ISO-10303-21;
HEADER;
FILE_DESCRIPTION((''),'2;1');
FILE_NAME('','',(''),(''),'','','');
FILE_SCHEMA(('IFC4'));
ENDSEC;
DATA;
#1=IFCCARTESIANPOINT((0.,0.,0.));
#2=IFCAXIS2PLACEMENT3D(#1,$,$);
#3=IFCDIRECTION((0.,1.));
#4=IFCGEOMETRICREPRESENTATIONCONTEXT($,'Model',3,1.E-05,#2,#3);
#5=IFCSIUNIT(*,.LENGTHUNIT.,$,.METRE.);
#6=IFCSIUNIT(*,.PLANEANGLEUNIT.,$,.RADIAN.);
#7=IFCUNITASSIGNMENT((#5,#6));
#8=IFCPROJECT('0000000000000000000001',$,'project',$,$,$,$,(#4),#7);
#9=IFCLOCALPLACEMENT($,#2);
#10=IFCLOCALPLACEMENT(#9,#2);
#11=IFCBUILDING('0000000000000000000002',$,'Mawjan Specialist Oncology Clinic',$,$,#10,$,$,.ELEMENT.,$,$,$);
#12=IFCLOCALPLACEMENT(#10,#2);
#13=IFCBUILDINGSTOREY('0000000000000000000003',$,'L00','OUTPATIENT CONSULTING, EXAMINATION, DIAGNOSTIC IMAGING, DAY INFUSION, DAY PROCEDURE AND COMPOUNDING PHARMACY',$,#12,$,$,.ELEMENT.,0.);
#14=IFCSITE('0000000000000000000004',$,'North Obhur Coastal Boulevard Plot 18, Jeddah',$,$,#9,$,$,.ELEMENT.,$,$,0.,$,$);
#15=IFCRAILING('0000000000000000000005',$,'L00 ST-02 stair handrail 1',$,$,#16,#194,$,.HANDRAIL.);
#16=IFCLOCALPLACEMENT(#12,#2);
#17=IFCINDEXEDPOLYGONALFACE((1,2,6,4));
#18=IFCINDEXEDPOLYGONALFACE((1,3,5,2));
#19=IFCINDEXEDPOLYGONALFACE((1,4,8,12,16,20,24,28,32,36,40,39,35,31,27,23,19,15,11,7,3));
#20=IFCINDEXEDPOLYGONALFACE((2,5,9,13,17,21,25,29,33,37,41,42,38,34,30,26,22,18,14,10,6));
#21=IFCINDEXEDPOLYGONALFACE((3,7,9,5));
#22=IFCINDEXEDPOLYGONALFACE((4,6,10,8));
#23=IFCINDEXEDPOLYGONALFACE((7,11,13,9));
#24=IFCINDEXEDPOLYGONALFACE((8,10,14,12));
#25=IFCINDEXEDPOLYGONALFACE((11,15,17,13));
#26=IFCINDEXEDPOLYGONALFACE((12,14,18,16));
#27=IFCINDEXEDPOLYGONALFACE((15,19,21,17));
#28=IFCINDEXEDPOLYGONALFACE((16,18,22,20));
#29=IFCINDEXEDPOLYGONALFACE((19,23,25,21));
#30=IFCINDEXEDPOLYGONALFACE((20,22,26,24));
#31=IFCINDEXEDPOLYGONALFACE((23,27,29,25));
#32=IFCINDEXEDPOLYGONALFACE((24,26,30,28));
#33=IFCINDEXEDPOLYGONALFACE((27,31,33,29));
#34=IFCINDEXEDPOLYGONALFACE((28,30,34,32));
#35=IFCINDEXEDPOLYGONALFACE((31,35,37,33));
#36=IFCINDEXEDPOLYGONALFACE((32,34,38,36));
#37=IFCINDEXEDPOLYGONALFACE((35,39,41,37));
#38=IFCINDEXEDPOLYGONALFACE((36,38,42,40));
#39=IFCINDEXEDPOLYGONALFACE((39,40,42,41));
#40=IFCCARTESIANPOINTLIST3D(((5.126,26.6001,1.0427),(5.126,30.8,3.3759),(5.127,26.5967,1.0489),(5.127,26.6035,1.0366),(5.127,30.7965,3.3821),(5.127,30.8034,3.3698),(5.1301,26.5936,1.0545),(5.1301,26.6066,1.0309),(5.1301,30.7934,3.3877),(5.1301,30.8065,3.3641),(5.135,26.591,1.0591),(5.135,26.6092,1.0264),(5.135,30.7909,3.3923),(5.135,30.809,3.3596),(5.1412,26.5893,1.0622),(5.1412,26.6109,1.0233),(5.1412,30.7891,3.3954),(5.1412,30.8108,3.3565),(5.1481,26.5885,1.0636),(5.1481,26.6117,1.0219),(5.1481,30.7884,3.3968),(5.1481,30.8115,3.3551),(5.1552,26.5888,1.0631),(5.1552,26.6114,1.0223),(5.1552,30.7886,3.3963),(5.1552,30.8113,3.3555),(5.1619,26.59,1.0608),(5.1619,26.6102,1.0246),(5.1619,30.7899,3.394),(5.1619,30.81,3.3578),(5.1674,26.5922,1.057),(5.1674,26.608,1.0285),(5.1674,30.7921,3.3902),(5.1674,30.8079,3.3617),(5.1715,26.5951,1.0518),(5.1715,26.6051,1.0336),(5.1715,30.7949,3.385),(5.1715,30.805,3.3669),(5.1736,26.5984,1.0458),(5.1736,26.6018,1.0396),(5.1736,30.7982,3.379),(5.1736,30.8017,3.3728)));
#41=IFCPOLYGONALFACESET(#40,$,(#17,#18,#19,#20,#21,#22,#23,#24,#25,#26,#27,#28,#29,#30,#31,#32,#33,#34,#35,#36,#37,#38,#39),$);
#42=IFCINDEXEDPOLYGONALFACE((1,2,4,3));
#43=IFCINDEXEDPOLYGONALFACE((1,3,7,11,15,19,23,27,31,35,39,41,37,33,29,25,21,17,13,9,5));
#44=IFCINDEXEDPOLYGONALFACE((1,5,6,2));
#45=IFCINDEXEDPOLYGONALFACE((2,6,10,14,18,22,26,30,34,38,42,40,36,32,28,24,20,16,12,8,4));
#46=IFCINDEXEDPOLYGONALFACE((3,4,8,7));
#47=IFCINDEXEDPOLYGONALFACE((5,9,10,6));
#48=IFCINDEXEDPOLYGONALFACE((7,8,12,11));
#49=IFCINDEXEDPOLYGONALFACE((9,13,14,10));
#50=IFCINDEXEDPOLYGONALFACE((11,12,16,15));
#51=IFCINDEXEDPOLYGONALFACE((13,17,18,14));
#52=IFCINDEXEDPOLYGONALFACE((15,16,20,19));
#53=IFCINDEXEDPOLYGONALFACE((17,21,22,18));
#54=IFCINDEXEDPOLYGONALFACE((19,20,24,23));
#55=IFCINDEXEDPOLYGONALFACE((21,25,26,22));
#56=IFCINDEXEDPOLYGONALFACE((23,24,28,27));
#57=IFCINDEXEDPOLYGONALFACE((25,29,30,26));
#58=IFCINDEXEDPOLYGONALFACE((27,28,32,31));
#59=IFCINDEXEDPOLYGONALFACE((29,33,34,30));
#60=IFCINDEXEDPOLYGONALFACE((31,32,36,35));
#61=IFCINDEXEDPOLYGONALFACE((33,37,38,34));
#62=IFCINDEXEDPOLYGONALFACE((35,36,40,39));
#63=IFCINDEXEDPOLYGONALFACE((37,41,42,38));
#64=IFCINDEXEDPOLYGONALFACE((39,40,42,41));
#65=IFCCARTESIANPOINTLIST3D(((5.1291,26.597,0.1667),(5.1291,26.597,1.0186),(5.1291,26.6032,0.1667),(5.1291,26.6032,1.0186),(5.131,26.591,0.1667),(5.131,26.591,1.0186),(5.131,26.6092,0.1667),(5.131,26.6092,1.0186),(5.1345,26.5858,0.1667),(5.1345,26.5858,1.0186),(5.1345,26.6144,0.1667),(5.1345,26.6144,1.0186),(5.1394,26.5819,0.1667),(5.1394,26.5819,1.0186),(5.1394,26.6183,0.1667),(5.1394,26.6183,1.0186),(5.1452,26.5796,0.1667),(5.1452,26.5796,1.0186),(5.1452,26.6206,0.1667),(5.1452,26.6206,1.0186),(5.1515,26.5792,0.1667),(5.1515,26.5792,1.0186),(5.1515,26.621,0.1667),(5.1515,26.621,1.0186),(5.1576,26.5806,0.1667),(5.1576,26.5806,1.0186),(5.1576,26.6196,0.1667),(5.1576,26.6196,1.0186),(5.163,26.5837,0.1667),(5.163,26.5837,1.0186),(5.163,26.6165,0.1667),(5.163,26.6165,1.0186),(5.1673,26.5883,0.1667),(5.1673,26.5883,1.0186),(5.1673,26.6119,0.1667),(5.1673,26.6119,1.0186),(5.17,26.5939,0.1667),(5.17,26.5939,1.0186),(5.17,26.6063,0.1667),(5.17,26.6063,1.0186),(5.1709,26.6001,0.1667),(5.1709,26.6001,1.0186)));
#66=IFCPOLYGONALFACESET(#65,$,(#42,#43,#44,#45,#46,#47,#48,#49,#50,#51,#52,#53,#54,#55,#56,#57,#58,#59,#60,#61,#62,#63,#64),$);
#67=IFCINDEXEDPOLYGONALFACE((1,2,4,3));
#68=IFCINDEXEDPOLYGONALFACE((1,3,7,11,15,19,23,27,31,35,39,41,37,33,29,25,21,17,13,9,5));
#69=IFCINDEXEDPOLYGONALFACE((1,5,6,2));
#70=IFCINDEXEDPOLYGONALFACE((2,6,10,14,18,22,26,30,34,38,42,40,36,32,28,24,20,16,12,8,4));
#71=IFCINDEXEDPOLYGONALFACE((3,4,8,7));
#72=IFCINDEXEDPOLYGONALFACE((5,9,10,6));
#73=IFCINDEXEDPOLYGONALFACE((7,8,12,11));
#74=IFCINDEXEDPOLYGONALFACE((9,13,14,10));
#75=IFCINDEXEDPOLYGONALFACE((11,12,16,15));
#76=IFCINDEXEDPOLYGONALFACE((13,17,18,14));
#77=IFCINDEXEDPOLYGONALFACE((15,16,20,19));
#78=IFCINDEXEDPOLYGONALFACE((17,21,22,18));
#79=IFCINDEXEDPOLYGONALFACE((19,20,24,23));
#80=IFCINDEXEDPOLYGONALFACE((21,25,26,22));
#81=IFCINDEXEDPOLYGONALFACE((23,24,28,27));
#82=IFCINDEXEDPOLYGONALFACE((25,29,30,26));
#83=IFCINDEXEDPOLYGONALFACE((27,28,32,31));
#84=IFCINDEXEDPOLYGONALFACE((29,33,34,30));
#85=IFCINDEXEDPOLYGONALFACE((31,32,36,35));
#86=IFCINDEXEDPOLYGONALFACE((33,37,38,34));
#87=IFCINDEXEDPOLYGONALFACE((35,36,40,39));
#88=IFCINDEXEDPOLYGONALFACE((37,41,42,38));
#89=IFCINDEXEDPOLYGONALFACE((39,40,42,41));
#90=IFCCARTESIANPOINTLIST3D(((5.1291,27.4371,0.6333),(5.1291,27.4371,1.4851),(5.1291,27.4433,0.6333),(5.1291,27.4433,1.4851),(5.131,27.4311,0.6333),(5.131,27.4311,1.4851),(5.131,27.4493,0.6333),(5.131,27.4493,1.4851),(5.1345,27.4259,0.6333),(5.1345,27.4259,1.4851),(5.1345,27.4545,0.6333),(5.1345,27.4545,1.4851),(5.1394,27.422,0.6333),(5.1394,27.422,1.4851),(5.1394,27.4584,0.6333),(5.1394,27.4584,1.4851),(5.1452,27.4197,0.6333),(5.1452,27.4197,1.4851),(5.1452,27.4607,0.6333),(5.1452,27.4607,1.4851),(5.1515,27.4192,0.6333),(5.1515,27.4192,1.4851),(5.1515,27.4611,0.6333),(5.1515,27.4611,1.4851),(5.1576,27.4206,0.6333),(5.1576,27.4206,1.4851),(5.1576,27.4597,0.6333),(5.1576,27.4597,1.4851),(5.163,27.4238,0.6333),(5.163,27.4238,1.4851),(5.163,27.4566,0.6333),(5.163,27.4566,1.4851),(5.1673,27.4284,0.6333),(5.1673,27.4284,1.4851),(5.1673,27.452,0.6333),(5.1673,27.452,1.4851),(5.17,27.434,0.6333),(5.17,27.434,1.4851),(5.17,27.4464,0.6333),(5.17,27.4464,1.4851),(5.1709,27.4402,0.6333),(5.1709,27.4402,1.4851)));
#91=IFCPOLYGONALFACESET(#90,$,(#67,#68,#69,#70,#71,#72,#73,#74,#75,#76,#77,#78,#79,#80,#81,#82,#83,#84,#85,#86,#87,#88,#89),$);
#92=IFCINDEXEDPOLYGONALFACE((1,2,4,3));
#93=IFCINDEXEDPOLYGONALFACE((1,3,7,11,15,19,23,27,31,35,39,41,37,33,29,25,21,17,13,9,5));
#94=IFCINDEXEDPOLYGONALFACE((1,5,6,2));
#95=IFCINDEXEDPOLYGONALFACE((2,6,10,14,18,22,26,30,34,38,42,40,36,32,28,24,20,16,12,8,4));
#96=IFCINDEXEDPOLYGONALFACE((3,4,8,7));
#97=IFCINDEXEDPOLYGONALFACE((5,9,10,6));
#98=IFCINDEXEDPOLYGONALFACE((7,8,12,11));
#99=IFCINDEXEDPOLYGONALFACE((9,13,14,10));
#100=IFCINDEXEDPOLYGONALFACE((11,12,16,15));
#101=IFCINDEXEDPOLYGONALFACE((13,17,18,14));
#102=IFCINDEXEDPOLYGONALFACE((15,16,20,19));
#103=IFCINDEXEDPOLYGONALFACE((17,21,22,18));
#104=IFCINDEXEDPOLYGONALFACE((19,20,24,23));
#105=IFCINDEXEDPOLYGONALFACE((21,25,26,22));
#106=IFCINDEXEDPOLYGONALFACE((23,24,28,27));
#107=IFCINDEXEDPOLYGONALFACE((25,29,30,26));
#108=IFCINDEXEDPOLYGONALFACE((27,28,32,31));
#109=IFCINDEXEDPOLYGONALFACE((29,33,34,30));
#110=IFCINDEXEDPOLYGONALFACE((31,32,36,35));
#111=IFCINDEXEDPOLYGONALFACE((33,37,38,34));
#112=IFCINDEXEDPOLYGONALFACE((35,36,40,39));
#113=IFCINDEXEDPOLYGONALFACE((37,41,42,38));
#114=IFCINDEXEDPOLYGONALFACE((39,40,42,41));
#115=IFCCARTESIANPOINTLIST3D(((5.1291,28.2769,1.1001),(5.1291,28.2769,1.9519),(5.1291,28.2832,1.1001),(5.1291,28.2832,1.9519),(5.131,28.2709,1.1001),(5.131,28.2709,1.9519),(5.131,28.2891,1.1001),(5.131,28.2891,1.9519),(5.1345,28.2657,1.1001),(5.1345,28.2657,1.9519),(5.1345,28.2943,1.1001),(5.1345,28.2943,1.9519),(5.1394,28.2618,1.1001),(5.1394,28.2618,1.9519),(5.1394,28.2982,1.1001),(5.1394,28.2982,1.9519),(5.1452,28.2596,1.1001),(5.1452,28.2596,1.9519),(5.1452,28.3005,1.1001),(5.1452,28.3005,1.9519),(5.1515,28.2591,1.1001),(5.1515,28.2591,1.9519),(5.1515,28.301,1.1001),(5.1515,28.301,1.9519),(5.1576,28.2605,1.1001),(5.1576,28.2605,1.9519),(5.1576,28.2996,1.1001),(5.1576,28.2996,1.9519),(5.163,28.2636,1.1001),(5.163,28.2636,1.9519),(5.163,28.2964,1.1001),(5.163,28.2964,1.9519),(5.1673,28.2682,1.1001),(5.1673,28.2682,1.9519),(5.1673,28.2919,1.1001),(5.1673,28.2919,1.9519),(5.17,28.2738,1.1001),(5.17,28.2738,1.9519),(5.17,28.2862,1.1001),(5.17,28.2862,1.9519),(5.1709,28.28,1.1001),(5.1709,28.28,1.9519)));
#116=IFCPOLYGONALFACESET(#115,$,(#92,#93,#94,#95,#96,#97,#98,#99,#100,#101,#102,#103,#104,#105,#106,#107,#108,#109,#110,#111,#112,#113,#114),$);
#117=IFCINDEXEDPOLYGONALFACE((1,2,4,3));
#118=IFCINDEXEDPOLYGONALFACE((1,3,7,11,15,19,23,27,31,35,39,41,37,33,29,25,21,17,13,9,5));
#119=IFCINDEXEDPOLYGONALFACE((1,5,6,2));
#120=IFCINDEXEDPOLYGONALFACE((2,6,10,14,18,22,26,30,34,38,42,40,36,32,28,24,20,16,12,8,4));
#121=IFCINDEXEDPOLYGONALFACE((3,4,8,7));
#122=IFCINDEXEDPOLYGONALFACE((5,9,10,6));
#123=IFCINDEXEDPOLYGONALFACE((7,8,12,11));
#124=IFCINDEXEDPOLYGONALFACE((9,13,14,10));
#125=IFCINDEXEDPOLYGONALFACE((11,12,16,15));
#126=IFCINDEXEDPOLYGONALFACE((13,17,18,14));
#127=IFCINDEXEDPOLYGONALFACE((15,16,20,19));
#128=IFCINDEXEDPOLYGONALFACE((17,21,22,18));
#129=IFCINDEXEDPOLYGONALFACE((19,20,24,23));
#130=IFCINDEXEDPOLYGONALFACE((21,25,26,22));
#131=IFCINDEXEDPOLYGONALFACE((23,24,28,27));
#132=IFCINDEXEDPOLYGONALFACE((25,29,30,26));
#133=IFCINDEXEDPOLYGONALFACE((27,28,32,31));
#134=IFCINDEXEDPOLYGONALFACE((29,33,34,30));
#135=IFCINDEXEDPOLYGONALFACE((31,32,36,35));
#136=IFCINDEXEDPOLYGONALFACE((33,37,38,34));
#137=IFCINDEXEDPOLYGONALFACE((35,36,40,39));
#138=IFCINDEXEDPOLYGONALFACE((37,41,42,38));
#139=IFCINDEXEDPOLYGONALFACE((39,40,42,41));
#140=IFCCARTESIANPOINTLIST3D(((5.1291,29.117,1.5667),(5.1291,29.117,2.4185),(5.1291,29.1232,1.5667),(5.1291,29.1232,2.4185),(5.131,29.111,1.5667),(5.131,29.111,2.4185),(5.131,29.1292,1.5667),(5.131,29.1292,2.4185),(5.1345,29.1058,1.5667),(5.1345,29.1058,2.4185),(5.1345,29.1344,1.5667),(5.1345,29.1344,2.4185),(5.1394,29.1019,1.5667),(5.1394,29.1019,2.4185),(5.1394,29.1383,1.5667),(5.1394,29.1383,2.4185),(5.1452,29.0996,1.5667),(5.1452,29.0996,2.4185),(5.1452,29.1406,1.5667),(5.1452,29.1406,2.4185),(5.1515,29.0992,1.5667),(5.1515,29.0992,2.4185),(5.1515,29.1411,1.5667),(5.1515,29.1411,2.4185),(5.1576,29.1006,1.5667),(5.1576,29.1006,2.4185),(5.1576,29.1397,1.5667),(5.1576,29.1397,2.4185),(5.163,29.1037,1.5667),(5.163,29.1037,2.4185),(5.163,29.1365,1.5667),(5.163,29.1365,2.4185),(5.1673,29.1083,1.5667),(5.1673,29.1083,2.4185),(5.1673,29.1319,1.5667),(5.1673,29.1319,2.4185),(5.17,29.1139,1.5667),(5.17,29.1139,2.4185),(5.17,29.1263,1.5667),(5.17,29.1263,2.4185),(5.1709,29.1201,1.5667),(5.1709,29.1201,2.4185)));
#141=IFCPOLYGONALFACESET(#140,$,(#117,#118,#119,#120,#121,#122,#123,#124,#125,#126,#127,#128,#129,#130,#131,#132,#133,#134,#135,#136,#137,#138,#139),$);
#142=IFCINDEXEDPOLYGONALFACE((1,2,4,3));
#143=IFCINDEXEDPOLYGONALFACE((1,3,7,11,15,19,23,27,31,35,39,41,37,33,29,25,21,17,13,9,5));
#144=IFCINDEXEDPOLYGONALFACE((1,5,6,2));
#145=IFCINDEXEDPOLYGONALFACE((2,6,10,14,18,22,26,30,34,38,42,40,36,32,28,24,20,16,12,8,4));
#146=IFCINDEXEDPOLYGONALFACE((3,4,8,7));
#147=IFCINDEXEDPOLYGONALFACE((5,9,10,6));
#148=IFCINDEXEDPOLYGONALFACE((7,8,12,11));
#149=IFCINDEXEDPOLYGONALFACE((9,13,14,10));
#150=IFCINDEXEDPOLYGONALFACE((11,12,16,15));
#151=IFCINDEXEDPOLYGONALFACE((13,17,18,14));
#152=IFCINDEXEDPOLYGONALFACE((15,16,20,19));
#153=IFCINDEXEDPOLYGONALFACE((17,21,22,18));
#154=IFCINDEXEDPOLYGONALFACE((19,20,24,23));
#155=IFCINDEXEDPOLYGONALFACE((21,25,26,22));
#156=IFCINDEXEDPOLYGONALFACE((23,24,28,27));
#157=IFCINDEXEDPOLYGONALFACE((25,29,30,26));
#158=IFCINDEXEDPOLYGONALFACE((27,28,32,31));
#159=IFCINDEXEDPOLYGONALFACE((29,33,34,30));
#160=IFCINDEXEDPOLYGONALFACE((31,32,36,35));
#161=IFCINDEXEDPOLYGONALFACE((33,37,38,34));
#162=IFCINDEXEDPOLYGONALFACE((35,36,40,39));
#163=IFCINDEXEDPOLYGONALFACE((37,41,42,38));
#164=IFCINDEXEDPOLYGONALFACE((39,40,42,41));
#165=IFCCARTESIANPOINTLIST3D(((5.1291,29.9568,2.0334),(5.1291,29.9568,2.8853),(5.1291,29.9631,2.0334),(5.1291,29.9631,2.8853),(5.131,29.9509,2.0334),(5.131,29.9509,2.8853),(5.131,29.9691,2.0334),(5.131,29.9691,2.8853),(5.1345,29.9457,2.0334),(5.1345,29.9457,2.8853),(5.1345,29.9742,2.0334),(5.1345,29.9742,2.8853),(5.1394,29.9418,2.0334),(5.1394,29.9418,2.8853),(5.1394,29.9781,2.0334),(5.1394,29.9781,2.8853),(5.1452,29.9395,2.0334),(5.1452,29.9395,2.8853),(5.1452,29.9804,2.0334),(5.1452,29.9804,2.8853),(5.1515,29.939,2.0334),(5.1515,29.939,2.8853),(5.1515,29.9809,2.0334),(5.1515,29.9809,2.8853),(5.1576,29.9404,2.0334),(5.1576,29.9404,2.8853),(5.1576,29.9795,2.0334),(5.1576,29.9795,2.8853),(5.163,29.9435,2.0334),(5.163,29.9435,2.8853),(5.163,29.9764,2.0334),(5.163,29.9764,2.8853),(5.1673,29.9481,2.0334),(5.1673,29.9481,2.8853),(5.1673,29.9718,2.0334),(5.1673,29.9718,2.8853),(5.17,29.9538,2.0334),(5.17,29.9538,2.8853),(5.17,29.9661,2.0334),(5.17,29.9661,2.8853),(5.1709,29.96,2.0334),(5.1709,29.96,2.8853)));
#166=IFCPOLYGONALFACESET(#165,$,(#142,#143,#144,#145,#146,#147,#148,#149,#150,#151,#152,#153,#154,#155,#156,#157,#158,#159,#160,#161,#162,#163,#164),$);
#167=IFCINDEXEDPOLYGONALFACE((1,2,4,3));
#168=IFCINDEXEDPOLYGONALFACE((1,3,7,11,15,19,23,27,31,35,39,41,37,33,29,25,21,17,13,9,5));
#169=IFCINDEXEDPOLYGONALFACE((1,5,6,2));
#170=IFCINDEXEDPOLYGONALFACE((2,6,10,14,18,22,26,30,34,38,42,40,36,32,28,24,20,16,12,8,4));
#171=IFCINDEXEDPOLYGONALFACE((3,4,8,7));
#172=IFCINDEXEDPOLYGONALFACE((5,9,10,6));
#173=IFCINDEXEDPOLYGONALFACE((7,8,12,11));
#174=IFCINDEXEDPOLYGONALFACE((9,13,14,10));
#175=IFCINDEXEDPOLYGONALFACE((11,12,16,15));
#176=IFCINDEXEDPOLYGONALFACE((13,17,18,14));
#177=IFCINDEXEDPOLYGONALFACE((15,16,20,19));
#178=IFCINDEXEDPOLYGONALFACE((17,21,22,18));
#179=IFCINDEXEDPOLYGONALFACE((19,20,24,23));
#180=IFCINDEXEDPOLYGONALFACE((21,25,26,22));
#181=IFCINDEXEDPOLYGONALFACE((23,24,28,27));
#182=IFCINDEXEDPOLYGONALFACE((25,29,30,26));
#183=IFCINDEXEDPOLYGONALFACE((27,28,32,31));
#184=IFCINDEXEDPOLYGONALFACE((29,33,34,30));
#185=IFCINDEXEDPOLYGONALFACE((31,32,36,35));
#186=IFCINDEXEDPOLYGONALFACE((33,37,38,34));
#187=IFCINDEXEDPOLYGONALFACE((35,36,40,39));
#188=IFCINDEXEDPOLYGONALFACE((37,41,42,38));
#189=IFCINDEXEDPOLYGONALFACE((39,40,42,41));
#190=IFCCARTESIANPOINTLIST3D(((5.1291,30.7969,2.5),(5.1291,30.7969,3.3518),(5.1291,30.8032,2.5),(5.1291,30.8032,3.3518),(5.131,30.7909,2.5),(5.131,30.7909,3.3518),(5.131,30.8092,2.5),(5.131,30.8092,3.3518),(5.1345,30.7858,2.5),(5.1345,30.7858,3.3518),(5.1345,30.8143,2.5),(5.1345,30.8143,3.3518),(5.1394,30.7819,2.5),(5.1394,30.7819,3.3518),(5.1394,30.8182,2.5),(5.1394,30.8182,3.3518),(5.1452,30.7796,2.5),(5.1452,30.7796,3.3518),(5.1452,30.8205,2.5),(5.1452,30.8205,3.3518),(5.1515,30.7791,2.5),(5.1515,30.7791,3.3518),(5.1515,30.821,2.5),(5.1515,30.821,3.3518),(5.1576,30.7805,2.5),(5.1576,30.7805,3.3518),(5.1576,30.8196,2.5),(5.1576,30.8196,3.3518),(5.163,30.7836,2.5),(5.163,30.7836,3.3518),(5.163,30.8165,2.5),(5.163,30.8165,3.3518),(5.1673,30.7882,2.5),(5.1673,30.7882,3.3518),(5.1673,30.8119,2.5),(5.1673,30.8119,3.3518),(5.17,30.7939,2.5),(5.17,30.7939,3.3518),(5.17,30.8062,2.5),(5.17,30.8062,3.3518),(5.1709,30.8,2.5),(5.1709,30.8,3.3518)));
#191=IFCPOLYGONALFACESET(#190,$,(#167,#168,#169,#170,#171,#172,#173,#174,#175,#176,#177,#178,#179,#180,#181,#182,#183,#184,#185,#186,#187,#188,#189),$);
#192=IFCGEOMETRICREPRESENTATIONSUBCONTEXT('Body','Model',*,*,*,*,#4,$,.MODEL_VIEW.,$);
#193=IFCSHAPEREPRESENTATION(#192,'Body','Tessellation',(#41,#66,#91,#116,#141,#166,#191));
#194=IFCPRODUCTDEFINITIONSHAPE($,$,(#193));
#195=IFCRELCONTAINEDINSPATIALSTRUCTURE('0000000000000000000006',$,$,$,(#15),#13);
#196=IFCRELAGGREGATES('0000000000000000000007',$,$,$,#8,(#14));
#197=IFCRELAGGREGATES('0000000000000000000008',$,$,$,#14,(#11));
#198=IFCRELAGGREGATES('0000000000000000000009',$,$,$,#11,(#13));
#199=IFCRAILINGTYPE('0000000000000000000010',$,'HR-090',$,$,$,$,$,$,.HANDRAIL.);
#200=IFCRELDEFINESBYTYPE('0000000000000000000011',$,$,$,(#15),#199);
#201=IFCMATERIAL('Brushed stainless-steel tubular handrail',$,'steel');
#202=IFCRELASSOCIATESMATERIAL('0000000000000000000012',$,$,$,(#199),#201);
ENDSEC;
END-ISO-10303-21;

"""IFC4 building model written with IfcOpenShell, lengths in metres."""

from ifc_helpers import new_model, si_unit, direction, frame, origin, origin_2d, place, context, subcontext, project, spatial, circle, extrude, material, type_object, element, save


model = new_model("IFC4")

# Units and contexts
model_context = context("Model", 3, precision=1e-05, world=origin(), true_north=direction((0.0, 1.0)))
body_context = subcontext(model_context, "Body", "Model", "MODEL_VIEW")
ifc_project = project(units=[si_unit("LENGTHUNIT", "METRE"), si_unit("PLANEANGLEUNIT", "RADIAN")], contexts=[model_context])

# Site, building, storey
site_placement = place(None, origin())
site = spatial("IfcSite", under=ifc_project, at=site_placement, Name="North Obhur Coastal Boulevard Plot 18, Jeddah", CompositionType="ELEMENT", RefElevation=0.0)
building_placement = place(site_placement, origin())
building = spatial("IfcBuilding", under=site, at=building_placement, Name="Mawjan Specialist Oncology Clinic", CompositionType="ELEMENT")
storey_placement = place(building_placement, origin())
storey = spatial("IfcBuildingStorey", under=building, at=storey_placement, Name="L00", Description="OUTPATIENT CONSULTING, EXAMINATION, DIAGNOSTIC IMAGING, DAY INFUSION, DAY PROCEDURE AND COMPOUNDING PHARMACY", CompositionType="ELEMENT", Elevation=0.0)

# Railing
ifc_material_1 = material(Name="Brushed stainless-steel tubular handrail", Category="steel")
railing_type_1 = type_object("IfcRailingType", Name="HR-090", PredefinedType="HANDRAIL", material=ifc_material_1)
railing_1_placement = place(storey_placement, frame((5.1499, 26.6001, 0.1667)))
element("IfcRailing", 1, at=railing_1_placement, inside=storey, type_object=railing_type_1, Name="L00 ST-02 stair handrail 1", PredefinedType="HANDRAIL", context=body_context, shape_type="SweptSolid", body=[
    extrude(circle(Radius=0.0239, at=origin_2d()), frame((0.0, 0.0, 0.876), z_axis=(0.0, 0.874162, 0.485634), x_axis=(-1.0, 0.0, 0.0)), (0.0, 0.0, 1.0), 4.8044),
    extrude(circle(Radius=0.021, at=origin_2d()), origin(), (0.0, 0.0, 1.0), 0.8518),
    extrude(circle(Radius=0.021, at=origin_2d()), frame((0.0, 0.8401, 0.4666)), (0.0, 0.0, 1.0), 0.8518),
    extrude(circle(Radius=0.021, at=origin_2d()), frame((0.0, 1.6799, 0.9333)), (0.0, 0.0, 1.0), 0.8518),
    extrude(circle(Radius=0.021, at=origin_2d()), frame((0.0, 2.52, 1.3999)), (0.0, 0.0, 1.0), 0.8518),
    extrude(circle(Radius=0.021, at=origin_2d()), frame((0.0, 3.3599, 1.8667)), (0.0, 0.0, 1.0), 0.8518),
    extrude(circle(Radius=0.021, at=origin_2d()), frame((0.0, 4.2, 2.3333)), (0.0, 0.0, 1.0), 0.8518),
])

save(model, "model.ifc")
